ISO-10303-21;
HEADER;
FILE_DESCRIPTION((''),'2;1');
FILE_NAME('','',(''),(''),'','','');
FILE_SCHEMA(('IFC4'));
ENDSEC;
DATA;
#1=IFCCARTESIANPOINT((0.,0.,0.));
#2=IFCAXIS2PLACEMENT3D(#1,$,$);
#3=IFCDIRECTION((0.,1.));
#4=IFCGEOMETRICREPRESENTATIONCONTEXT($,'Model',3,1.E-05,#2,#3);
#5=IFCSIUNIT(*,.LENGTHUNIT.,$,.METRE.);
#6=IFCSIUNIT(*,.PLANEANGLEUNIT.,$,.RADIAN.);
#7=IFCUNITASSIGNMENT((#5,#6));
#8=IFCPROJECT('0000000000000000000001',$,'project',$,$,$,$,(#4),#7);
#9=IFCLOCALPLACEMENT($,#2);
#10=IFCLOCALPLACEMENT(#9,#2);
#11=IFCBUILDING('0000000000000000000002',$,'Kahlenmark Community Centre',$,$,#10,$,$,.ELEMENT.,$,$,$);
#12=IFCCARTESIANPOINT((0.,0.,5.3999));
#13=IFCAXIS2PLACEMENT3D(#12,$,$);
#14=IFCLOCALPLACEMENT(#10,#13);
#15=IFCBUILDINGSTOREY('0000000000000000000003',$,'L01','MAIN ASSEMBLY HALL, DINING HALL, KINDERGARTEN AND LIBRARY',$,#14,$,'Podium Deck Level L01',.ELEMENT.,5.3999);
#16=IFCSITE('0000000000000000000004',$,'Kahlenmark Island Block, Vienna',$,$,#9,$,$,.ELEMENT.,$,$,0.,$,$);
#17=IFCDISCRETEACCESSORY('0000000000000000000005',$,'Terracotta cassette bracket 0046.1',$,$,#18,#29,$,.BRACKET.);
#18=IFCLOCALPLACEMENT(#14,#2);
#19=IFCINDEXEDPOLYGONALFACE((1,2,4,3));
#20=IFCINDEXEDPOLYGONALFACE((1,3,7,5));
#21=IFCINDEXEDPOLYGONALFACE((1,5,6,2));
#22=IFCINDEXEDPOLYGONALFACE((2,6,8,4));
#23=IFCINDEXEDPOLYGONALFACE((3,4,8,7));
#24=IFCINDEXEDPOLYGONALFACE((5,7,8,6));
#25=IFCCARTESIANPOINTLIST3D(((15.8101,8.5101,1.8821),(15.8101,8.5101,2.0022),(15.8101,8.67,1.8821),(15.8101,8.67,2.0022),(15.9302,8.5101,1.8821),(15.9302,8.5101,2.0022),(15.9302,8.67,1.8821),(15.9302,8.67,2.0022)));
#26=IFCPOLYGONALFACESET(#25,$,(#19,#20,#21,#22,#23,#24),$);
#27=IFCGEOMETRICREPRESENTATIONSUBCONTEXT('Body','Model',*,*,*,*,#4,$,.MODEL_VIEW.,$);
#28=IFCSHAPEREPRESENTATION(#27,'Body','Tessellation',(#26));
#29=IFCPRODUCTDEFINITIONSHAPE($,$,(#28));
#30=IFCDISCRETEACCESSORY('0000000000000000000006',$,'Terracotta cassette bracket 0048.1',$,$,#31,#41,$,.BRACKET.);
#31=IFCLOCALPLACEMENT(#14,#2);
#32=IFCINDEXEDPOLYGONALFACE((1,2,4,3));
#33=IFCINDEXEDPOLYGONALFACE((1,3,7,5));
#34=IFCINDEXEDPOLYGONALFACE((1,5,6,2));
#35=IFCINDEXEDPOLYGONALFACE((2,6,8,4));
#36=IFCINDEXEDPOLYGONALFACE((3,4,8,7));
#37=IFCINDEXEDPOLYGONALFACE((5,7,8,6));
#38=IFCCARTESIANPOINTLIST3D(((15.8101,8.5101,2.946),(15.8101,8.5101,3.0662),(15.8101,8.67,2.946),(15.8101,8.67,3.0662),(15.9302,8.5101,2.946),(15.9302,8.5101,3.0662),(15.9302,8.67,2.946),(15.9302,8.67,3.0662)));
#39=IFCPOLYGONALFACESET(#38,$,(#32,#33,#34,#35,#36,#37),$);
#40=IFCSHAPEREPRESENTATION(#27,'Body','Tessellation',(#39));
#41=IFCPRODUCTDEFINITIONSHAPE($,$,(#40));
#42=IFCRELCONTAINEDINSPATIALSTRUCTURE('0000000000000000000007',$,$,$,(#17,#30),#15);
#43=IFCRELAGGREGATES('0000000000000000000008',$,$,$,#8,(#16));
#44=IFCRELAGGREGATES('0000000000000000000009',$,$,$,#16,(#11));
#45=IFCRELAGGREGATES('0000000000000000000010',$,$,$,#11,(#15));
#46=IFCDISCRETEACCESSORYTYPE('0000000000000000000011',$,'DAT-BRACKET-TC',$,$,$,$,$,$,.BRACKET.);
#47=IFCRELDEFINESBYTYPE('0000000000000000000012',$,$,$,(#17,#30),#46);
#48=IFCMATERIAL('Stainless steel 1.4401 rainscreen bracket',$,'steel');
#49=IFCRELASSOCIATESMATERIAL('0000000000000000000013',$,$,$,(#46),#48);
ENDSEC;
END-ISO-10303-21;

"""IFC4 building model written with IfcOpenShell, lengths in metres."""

from ifc_helpers import new_model, si_unit, direction, frame, origin, origin_2d, place, context, subcontext, project, spatial, rectangle, extrude, material, type_object, element, save


model = new_model("IFC4")

# Units and contexts
model_context = context("Model", 3, precision=1e-05, world=origin(), true_north=direction((0.0, 1.0)))
body_context = subcontext(model_context, "Body", "Model", "MODEL_VIEW")
ifc_project = project(units=[si_unit("LENGTHUNIT", "METRE"), si_unit("PLANEANGLEUNIT", "RADIAN")], contexts=[model_context])

# Site, building, storey
site_placement = place(None, origin())
site = spatial("IfcSite", under=ifc_project, at=site_placement, Name="Kahlenmark Island Block, Vienna", CompositionType="ELEMENT", RefElevation=0.0)
building_placement = place(site_placement, origin())
building = spatial("IfcBuilding", under=site, at=building_placement, Name="Kahlenmark Community Centre", CompositionType="ELEMENT")
storey_placement = place(building_placement, frame((0.0, 0.0, 5.3999)))
storey = spatial("IfcBuildingStorey", under=building, at=storey_placement, Name="L01", Description="MAIN ASSEMBLY HALL, DINING HALL, KINDERGARTEN AND LIBRARY", LongName="Podium Deck Level L01", CompositionType="ELEMENT", Elevation=5.3999)

# Discrete accessories
ifc_material_1 = material(Name="Stainless steel 1.4401 rainscreen bracket", Category="steel")
discrete_accessory_type = type_object("IfcDiscreteAccessoryType", Name="DAT-BRACKET-TC", PredefinedType="BRACKET", material=ifc_material_1)
for number, where, z_axis, x_axis, name in (
    (1, (15.8701, 8.5901, 1.8821), (0.0, 0.0, 1.0), (1.0, 0.0, 0.0), "Terracotta cassette bracket 0046.1"),
    (2, (15.8701, 8.5901, 2.946), (0.0, 0.0, 1.0), (1.0, 0.0, 0.0), "Terracotta cassette bracket 0048.1"),
):
    element("IfcDiscreteAccessory", number, at=place(storey_placement, frame(where, z_axis=z_axis, x_axis=x_axis)), inside=storey, type_object=discrete_accessory_type, Name=name, PredefinedType="BRACKET", context=body_context, shape_type="SweptSolid", body=[
        extrude(rectangle(XDim=0.1201, YDim=0.1599, at=origin_2d()), origin(), (0.0, 0.0, 1.0), 0.1201),
    ])

save(model, "model.ifc")
